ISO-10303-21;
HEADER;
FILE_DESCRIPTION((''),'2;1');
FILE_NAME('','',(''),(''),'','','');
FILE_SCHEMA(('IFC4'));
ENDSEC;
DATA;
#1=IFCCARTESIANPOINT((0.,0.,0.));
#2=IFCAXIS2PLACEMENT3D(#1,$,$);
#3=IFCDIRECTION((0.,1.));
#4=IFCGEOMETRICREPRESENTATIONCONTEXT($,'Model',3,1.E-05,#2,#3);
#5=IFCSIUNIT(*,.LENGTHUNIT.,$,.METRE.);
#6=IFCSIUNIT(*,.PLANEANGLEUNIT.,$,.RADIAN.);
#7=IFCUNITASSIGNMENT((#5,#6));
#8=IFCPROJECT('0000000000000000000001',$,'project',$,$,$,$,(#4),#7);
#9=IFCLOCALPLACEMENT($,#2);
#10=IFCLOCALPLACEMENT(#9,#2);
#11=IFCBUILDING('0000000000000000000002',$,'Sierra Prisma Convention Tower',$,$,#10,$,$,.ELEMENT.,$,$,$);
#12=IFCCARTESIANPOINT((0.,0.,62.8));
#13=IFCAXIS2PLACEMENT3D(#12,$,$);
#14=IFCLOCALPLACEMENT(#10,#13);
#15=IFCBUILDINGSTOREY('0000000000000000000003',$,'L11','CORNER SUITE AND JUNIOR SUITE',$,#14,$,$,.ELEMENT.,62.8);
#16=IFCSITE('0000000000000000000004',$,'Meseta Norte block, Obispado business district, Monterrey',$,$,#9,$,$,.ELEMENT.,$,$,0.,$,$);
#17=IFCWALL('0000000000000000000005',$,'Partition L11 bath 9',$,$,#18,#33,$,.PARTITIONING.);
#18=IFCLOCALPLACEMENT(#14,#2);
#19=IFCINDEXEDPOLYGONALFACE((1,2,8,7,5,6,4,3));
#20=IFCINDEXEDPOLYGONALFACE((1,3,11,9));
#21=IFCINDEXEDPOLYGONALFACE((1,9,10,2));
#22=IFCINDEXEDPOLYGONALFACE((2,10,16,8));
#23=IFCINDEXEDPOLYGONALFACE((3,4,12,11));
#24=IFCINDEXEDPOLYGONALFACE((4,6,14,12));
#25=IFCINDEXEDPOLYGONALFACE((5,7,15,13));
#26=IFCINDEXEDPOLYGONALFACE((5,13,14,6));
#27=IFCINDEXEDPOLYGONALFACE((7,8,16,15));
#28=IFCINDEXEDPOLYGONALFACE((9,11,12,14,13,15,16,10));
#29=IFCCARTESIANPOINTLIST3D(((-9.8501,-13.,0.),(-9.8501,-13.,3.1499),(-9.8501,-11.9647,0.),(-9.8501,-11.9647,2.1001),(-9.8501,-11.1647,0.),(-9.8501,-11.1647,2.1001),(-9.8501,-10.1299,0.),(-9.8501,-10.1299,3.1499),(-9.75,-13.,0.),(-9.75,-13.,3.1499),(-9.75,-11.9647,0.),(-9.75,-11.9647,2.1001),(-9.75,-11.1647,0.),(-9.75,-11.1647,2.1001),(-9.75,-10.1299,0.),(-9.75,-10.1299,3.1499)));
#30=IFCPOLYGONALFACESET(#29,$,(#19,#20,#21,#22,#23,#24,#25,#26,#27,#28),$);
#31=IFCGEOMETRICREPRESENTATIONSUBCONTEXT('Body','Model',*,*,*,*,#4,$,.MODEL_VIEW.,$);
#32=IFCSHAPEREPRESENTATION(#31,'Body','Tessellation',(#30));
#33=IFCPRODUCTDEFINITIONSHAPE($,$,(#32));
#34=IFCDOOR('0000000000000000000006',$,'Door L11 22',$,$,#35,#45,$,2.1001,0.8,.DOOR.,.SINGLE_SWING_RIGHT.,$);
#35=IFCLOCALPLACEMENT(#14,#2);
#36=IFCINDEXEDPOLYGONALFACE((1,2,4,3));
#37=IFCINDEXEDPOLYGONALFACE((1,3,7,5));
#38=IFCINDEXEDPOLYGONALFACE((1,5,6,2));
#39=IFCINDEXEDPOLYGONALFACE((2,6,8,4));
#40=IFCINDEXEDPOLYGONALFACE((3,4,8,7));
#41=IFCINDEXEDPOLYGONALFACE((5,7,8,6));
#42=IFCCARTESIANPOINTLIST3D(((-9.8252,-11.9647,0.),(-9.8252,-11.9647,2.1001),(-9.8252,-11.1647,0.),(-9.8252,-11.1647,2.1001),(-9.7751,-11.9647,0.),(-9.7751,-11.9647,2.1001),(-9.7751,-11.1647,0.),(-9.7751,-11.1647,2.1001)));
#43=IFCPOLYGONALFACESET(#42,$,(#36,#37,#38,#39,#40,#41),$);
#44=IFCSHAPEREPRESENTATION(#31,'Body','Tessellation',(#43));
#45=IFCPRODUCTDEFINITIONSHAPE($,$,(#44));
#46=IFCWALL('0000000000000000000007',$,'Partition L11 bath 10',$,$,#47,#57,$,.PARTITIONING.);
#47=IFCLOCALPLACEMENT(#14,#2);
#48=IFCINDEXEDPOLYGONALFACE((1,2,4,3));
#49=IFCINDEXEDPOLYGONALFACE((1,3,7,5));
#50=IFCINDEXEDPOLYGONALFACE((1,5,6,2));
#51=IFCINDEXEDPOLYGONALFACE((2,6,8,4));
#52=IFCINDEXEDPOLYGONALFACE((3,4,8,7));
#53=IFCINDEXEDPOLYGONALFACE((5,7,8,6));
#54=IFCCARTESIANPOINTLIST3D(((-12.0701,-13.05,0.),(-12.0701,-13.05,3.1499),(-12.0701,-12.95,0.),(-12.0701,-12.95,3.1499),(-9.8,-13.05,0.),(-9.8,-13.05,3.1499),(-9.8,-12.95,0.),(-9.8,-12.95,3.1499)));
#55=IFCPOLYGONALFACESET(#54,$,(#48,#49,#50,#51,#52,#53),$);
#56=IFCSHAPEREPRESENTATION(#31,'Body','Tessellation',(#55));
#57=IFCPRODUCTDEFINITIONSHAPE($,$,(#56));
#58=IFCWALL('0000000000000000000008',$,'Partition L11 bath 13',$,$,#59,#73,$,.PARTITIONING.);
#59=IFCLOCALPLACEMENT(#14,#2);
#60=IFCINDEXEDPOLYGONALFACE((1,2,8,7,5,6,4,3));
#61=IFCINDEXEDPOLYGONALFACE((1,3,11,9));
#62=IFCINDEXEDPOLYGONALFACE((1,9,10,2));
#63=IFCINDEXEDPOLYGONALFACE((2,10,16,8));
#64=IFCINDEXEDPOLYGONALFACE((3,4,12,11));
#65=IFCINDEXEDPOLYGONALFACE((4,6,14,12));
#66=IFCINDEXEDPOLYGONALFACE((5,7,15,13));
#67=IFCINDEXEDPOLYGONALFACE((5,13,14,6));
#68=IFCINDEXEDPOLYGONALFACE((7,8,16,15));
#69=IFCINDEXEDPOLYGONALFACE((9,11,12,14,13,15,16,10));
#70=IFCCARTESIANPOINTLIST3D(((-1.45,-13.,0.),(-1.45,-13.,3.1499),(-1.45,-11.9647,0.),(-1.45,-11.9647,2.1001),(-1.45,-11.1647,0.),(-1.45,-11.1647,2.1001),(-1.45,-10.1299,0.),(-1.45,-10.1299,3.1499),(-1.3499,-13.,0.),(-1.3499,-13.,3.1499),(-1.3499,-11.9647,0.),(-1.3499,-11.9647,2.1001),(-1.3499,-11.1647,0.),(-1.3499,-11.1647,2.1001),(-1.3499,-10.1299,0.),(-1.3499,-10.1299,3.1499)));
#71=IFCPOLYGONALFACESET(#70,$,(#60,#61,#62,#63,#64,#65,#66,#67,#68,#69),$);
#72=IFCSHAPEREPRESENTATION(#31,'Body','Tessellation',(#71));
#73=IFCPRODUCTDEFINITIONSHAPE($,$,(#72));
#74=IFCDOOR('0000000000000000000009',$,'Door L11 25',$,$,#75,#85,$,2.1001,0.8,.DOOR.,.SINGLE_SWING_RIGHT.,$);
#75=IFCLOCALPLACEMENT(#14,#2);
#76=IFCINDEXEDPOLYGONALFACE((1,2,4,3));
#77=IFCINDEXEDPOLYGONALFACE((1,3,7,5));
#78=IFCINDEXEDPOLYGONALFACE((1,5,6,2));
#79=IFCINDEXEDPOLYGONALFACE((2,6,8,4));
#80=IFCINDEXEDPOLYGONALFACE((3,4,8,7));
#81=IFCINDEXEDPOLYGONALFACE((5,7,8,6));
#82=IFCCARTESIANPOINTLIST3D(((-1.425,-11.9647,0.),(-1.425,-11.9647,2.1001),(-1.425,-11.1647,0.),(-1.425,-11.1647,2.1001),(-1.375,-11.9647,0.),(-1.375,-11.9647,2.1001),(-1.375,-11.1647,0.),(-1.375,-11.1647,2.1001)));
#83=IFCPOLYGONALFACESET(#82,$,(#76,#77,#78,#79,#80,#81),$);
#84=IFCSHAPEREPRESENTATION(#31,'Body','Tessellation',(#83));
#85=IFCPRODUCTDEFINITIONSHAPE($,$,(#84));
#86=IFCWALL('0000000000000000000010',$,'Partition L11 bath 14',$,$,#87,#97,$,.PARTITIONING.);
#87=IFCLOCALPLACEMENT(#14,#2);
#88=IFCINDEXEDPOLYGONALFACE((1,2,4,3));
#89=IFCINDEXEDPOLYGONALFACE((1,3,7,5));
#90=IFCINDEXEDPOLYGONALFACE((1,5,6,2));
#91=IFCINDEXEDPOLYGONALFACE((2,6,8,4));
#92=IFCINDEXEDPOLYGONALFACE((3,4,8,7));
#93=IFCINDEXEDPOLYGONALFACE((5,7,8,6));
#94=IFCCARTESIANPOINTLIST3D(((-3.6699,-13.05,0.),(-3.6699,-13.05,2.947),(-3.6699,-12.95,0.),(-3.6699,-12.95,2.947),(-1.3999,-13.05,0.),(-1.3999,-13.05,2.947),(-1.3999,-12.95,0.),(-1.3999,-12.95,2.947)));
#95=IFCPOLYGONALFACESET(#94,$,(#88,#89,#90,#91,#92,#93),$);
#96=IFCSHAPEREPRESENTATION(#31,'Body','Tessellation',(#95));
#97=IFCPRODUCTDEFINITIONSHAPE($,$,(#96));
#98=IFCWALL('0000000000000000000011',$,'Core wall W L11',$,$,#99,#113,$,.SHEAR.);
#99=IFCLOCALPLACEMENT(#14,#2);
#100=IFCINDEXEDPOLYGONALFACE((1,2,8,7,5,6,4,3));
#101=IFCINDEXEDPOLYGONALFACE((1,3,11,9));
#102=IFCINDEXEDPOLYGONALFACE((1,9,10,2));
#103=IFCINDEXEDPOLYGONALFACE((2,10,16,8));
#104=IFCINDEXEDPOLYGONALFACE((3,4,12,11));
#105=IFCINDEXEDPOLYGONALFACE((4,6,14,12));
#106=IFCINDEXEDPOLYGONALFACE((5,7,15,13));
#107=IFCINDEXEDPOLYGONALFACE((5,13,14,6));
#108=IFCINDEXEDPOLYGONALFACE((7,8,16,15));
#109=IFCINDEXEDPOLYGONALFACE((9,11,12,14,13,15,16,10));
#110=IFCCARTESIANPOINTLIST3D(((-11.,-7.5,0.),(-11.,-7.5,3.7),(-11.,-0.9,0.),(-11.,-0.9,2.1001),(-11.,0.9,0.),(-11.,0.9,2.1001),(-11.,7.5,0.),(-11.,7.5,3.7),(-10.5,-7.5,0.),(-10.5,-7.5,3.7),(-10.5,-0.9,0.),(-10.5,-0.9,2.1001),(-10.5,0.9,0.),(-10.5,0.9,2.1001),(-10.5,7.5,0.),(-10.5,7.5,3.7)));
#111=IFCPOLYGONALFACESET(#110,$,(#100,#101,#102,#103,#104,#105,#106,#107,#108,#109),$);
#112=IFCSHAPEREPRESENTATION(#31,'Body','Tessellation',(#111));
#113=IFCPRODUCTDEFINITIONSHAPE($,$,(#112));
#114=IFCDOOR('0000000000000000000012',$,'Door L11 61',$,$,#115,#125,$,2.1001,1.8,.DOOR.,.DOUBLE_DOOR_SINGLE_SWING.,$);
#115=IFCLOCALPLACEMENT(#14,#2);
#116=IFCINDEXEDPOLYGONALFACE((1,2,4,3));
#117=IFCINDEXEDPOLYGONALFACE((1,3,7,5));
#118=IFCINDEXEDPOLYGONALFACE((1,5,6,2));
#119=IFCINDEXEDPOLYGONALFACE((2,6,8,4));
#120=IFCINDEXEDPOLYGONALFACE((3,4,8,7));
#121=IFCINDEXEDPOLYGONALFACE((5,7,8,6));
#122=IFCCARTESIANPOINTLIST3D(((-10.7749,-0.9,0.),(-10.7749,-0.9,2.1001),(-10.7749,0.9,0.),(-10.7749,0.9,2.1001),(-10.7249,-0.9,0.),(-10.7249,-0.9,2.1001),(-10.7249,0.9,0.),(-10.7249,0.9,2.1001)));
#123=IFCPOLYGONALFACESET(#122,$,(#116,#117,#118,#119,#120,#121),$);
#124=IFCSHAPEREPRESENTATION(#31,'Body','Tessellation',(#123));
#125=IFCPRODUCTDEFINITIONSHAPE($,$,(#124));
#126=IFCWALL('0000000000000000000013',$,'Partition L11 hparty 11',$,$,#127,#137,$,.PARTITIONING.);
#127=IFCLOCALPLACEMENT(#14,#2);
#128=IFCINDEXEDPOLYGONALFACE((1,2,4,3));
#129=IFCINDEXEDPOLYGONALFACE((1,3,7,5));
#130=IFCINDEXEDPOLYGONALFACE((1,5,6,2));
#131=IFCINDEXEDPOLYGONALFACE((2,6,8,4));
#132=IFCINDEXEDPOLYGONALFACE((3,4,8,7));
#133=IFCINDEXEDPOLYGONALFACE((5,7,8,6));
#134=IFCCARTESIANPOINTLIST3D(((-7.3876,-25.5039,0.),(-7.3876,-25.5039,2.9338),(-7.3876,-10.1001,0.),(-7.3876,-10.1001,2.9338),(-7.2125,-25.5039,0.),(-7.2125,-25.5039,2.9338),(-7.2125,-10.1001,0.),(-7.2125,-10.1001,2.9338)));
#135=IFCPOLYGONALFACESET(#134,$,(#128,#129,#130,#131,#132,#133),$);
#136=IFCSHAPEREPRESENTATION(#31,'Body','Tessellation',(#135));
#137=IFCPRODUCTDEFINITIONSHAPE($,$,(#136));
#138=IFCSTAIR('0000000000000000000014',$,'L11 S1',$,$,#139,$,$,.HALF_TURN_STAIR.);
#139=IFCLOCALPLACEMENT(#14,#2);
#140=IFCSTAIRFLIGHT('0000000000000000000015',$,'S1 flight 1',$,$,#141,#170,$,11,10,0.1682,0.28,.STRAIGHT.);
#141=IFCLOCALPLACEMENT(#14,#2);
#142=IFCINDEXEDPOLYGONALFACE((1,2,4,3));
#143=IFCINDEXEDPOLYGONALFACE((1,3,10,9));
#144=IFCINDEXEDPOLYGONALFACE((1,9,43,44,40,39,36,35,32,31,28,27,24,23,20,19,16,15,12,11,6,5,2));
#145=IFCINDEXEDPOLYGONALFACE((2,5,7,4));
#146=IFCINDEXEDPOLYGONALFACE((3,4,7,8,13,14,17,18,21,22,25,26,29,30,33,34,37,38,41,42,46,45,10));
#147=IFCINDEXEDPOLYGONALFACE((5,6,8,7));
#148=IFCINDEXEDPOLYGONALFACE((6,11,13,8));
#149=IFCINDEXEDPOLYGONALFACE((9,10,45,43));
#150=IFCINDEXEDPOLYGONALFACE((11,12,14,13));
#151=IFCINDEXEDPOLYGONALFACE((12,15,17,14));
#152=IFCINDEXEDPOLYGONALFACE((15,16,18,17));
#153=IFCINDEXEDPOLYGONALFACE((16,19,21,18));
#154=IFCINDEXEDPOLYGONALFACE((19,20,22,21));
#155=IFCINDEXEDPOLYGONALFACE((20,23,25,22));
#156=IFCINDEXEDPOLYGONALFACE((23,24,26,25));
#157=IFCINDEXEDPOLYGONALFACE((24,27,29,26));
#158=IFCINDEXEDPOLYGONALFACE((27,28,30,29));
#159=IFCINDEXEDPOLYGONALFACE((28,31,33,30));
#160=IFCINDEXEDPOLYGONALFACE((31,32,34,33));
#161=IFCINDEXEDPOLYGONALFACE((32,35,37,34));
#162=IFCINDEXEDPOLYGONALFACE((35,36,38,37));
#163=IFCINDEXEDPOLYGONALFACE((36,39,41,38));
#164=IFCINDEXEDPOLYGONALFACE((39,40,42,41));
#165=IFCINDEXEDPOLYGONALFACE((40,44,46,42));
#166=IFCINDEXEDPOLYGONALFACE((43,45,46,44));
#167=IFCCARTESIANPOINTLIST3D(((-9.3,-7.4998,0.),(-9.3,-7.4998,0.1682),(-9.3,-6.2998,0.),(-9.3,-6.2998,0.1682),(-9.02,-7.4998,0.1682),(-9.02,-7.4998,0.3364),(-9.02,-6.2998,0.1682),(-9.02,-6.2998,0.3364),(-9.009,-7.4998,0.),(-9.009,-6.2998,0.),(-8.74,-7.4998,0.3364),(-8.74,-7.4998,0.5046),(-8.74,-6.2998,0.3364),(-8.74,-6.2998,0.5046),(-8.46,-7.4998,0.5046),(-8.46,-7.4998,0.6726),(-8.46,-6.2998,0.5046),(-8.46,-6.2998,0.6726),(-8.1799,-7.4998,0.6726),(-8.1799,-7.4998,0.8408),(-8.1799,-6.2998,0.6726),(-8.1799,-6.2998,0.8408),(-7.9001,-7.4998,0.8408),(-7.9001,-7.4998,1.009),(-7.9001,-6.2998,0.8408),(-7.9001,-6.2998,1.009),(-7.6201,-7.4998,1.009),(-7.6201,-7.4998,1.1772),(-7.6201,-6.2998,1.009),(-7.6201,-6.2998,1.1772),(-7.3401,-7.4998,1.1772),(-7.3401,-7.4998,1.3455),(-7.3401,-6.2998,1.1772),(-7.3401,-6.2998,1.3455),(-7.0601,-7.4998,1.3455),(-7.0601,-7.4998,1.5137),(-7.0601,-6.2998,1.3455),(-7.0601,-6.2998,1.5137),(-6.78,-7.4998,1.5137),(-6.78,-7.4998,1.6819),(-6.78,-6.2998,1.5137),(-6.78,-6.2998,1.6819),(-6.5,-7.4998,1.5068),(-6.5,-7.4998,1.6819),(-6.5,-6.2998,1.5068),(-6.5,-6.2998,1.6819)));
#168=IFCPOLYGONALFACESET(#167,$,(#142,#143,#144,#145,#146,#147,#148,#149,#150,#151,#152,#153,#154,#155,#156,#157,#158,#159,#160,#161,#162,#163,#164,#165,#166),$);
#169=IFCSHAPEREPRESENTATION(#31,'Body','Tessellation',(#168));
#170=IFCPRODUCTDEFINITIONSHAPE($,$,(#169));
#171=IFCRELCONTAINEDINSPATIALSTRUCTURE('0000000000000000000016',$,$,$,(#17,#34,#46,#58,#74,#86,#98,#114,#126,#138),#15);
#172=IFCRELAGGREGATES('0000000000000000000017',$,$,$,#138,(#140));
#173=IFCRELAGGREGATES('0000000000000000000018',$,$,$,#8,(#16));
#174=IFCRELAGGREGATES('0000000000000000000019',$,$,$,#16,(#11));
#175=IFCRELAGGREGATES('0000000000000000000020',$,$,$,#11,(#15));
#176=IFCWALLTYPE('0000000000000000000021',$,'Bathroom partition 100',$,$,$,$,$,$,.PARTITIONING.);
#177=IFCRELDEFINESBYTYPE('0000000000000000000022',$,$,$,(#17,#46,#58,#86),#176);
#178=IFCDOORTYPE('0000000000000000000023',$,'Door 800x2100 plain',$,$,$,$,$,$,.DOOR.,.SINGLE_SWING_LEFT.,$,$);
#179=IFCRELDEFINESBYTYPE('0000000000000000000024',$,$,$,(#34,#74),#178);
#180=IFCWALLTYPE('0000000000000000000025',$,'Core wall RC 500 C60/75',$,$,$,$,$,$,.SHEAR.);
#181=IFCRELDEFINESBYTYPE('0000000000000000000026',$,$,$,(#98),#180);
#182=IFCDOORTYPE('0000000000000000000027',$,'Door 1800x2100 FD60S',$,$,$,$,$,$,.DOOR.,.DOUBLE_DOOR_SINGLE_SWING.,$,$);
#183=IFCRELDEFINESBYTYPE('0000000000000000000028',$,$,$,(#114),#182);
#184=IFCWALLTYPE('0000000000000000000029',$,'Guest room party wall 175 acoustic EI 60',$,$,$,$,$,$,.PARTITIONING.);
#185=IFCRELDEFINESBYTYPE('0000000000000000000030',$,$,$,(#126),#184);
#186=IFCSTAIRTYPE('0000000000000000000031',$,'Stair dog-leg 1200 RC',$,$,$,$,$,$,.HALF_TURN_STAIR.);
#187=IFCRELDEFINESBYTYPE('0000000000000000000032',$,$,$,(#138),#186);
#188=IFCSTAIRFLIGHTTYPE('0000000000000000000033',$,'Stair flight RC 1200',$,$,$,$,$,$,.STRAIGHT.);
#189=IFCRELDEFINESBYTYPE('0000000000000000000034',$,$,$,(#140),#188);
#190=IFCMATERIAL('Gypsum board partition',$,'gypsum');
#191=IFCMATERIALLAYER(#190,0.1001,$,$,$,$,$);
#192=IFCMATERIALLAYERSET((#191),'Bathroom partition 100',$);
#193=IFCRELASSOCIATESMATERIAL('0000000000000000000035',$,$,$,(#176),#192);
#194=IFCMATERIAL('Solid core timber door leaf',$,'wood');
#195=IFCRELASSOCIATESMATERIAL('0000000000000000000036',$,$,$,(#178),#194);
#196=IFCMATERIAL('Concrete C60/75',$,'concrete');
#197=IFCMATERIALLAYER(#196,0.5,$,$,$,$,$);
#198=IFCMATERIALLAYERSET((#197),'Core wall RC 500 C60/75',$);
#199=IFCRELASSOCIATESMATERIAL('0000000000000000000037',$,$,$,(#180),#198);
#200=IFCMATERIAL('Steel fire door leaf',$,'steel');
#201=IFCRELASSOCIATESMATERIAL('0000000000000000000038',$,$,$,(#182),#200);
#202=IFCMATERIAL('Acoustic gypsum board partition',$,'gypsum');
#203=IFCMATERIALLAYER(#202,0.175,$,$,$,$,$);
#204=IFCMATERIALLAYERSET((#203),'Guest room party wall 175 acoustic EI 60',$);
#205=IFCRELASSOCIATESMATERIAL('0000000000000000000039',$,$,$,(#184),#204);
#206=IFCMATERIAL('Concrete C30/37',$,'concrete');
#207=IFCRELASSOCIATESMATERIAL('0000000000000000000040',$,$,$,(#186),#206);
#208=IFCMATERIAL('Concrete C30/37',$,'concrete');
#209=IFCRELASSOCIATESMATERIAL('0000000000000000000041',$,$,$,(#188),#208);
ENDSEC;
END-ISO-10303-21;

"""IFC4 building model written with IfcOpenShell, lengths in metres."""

from ifc_helpers import new_model, si_unit, direction, frame, frame_2d, origin, place, context, subcontext, project, spatial, polyline, rectangle, outline, extrude, material, layer, layer_set, type_object, element, fill, aggregate, save


model = new_model("IFC4")

# Units and contexts
model_context = context("Model", 3, precision=1e-05, world=origin(), true_north=direction((0.0, 1.0)))
body_context = subcontext(model_context, "Body", "Model", "MODEL_VIEW")
ifc_project = project(units=[si_unit("LENGTHUNIT", "METRE"), si_unit("PLANEANGLEUNIT", "RADIAN")], contexts=[model_context])

# Site, building, storey
site_placement = place(None, origin())
site = spatial("IfcSite", under=ifc_project, at=site_placement, Name="Meseta Norte block, Obispado business district, Monterrey", CompositionType="ELEMENT", RefElevation=0.0)
building_placement = place(site_placement, origin())
building = spatial("IfcBuilding", under=site, at=building_placement, Name="Sierra Prisma Convention Tower", CompositionType="ELEMENT")
storey_placement = place(building_placement, frame((0.0, 0.0, 62.8)))
storey = spatial("IfcBuildingStorey", under=building, at=storey_placement, Name="L11", Description="CORNER SUITE AND JUNIOR SUITE", CompositionType="ELEMENT", Elevation=62.8)

# Wall, opening, door
ifc_material_1 = material(Name="Gypsum board partition", Category="gypsum")
ifc_layer_1 = layer(ifc_material_1, 0.1001)
ifc_layer_set_1 = layer_set([ifc_layer_1], Name="Bathroom partition 100")
wall_type_1 = type_object("IfcWallType", Name="Bathroom partition 100", PredefinedType="PARTITIONING", material=ifc_layer_set_1)
wall_1_placement = place(storey_placement, frame((-9.8, -10.1299, 0.0), z_axis=(0.0, 0.0, 1.0), x_axis=(0.0, -1.0, 0.0)))
wall_1 = element("IfcWall", 1, at=wall_1_placement, inside=storey, type_object=wall_type_1, Name="Partition L11 bath 9", PredefinedType="PARTITIONING", context=body_context, shape_type="SweptSolid", body=[
    extrude(rectangle(XDim=2.8701, YDim=0.1001, at=frame_2d((1.4351, 0.0))), origin(), (0.0, 0.0, 1.0), 3.1499),
])
opening_1_placement = place(wall_1_placement, frame((1.0349, 0.0, 0.0)))
opening_1 = element("IfcOpeningElement", 2, at=opening_1_placement, cuts=wall_1, PredefinedType="OPENING", context=body_context, shape_type="SweptSolid", body=[
    extrude(rectangle(XDim=0.8, YDim=2.1001, at=frame_2d((0.3999, 1.05))), frame((0.0, 0.05, 0.0), z_axis=(0.0, -1.0, 0.0), x_axis=(1.0, 0.0, 0.0)), (0.0, 0.0, 1.0), 0.1001),
])
ifc_material_2 = material(Name="Solid core timber door leaf", Category="wood")
door_type_1 = type_object("IfcDoorType", Name="Door 800x2100 plain", OperationType="SINGLE_SWING_LEFT", PredefinedType="DOOR", material=ifc_material_2)
door_1_placement = place(opening_1_placement, origin())
door_1 = element("IfcDoor", 3, at=door_1_placement, inside=storey, type_object=door_type_1, Name="Door L11 22", OperationType="SINGLE_SWING_RIGHT", OverallHeight=2.1001, OverallWidth=0.8, PredefinedType="DOOR", context=body_context, shape_type="SweptSolid", body=[
    extrude(rectangle(XDim=0.8, YDim=2.1001, at=frame_2d((0.3999, 1.05))), frame((0.0, 0.0249, 0.0), z_axis=(0.0, -1.0, 0.0), x_axis=(1.0, 0.0, 0.0)), (0.0, 0.0, 1.0), 0.05),
])
fill(opening_1, door_1)

# Wall
wall_2_placement = place(storey_placement, frame((-9.8, -13.0, 0.0), z_axis=(0.0, 0.0, 1.0), x_axis=(-1.0, 0.0, 0.0)))
element("IfcWall", 4, at=wall_2_placement, inside=storey, type_object=wall_type_1, Name="Partition L11 bath 10", PredefinedType="PARTITIONING", context=body_context, shape_type="SweptSolid", body=[
    extrude(rectangle(XDim=2.27, YDim=0.1001, at=frame_2d((1.135, 0.0))), origin(), (0.0, 0.0, 1.0), 3.1499),
])

# Wall, opening, door
wall_3_placement = place(storey_placement, frame((-1.3999, -10.1299, 0.0), z_axis=(0.0, 0.0, 1.0), x_axis=(0.0, -1.0, 0.0)))
wall_3 = element("IfcWall", 5, at=wall_3_placement, inside=storey, type_object=wall_type_1, Name="Partition L11 bath 13", PredefinedType="PARTITIONING", context=body_context, shape_type="SweptSolid", body=[
    extrude(rectangle(XDim=2.8701, YDim=0.1001, at=frame_2d((1.4351, 0.0))), origin(), (0.0, 0.0, 1.0), 3.1499),
])
opening_2_placement = place(wall_3_placement, frame((1.0349, 0.0, 0.0)))
opening_2 = element("IfcOpeningElement", 6, at=opening_2_placement, cuts=wall_3, PredefinedType="OPENING", context=body_context, shape_type="SweptSolid", body=[
    extrude(rectangle(XDim=0.8, YDim=2.1001, at=frame_2d((0.3999, 1.05))), frame((0.0, 0.05, 0.0), z_axis=(0.0, -1.0, 0.0), x_axis=(1.0, 0.0, 0.0)), (0.0, 0.0, 1.0), 0.1001),
])
door_2_placement = place(opening_2_placement, origin())
door_2 = element("IfcDoor", 7, at=door_2_placement, inside=storey, type_object=door_type_1, Name="Door L11 25", OperationType="SINGLE_SWING_RIGHT", OverallHeight=2.1001, OverallWidth=0.8, PredefinedType="DOOR", context=body_context, shape_type="SweptSolid", body=[
    extrude(rectangle(XDim=0.8, YDim=2.1001, at=frame_2d((0.3999, 1.05))), frame((0.0, 0.0249, 0.0), z_axis=(0.0, -1.0, 0.0), x_axis=(1.0, 0.0, 0.0)), (0.0, 0.0, 1.0), 0.05),
])
fill(opening_2, door_2)

# Wall
wall_4_placement = place(storey_placement, frame((-1.3999, -13.0, 0.0), z_axis=(0.0, 0.0, 1.0), x_axis=(-1.0, 0.0, 0.0)))
element("IfcWall", 8, at=wall_4_placement, inside=storey, type_object=wall_type_1, Name="Partition L11 bath 14", PredefinedType="PARTITIONING", context=body_context, shape_type="SweptSolid", body=[
    extrude(rectangle(XDim=2.27, YDim=0.1001, at=frame_2d((1.135, 0.0))), origin(), (0.0, 0.0, 1.0), 2.947),
])

# Wall, opening, door
ifc_material_3 = material(Name="Concrete C60/75", Category="concrete")
ifc_layer_2 = layer(ifc_material_3, 0.5)
ifc_layer_set_2 = layer_set([ifc_layer_2], Name="Core wall RC 500 C60/75")
wall_type_2 = type_object("IfcWallType", Name="Core wall RC 500 C60/75", PredefinedType="SHEAR", material=ifc_layer_set_2)
wall_5_placement = place(storey_placement, frame((-10.75, -7.5, 0.0), z_axis=(0.0, 0.0, 1.0), x_axis=(0.0, 1.0, 0.0)))
wall_5 = element("IfcWall", 9, at=wall_5_placement, inside=storey, type_object=wall_type_2, Name="Core wall W L11", PredefinedType="SHEAR", context=body_context, shape_type="SweptSolid", body=[
    extrude(rectangle(XDim=15.0, YDim=0.5, at=frame_2d((7.5, 0.0))), origin(), (0.0, 0.0, 1.0), 3.7),
])
opening_3_placement = place(wall_5_placement, frame((6.6001, 0.0, 0.0)))
opening_3 = element("IfcOpeningElement", 10, at=opening_3_placement, cuts=wall_5, PredefinedType="OPENING", context=body_context, shape_type="SweptSolid", body=[
    extrude(rectangle(XDim=1.8, YDim=2.1001, at=frame_2d((0.8999, 1.05))), frame((0.0, 0.25, 0.0), z_axis=(0.0, -1.0, 0.0), x_axis=(1.0, 0.0, 0.0)), (0.0, 0.0, 1.0), 0.5),
])
ifc_material_4 = material(Name="Steel fire door leaf", Category="steel")
door_type_2 = type_object("IfcDoorType", Name="Door 1800x2100 FD60S", OperationType="DOUBLE_DOOR_SINGLE_SWING", PredefinedType="DOOR", material=ifc_material_4)
door_3_placement = place(opening_3_placement, origin())
door_3 = element("IfcDoor", 11, at=door_3_placement, inside=storey, type_object=door_type_2, Name="Door L11 61", OperationType="DOUBLE_DOOR_SINGLE_SWING", OverallHeight=2.1001, OverallWidth=1.8, PredefinedType="DOOR", context=body_context, shape_type="SweptSolid", body=[
    extrude(rectangle(XDim=1.8, YDim=2.1001, at=frame_2d((0.8999, 1.05))), frame((0.0, 0.0249, 0.0), z_axis=(0.0, -1.0, 0.0), x_axis=(1.0, 0.0, 0.0)), (0.0, 0.0, 1.0), 0.05),
])
fill(opening_3, door_3)

# Wall
ifc_material_5 = material(Name="Acoustic gypsum board partition", Category="gypsum")
ifc_layer_3 = layer(ifc_material_5, 0.175)
ifc_layer_set_3 = layer_set([ifc_layer_3], Name="Guest room party wall 175 acoustic EI 60")
wall_type_3 = type_object("IfcWallType", Name="Guest room party wall 175 acoustic EI 60", PredefinedType="PARTITIONING", material=ifc_layer_set_3)
wall_6_placement = place(storey_placement, frame((-7.3, -10.1001, 0.0), z_axis=(0.0, 0.0, 1.0), x_axis=(0.0, -1.0, 0.0)))
element("IfcWall", 12, at=wall_6_placement, inside=storey, type_object=wall_type_3, Name="Partition L11 hparty 11", PredefinedType="PARTITIONING", context=body_context, shape_type="SweptSolid", body=[
    extrude(rectangle(XDim=15.4038, YDim=0.175, at=frame_2d((7.7019, 0.0))), origin(), (0.0, 0.0, 1.0), 2.9338),
])

# Stair, stair flight
ifc_material_6 = material(Name="Concrete C30/37", Category="concrete")
stair_type = type_object("IfcStairType", Name="Stair dog-leg 1200 RC", PredefinedType="HALF_TURN_STAIR", material=ifc_material_6)
stair_placement = place(storey_placement, origin())
stair = element("IfcStair", 13, at=stair_placement, inside=storey, type_object=stair_type, Name="L11 S1", PredefinedType="HALF_TURN_STAIR")
ifc_material_7 = material(Name="Concrete C30/37", Category="concrete")
stair_flight_type = type_object("IfcStairFlightType", Name="Stair flight RC 1200", PredefinedType="STRAIGHT", material=ifc_material_7)
stair_flight_placement = place(storey_placement, frame((-9.3, -6.8999, 0.0), z_axis=(0.0, 0.0, 1.0), x_axis=(1.0, 0.0, 0.0)))
stair_flight = element("IfcStairFlight", 14, at=stair_flight_placement, type_object=stair_flight_type, Name="S1 flight 1", NumberOfRisers=11, NumberOfTreads=10, PredefinedType="STRAIGHT", RiserHeight=0.1682, TreadLength=0.28, context=body_context, shape_type="SweptSolid", body=[
    extrude(outline(polyline([(0.0, 0.0), (0.0, 0.1682), (0.28, 0.1682), (0.28, 0.3364), (0.5601, 0.3364), (0.5601, 0.5046), (0.8401, 0.5046), (0.8401, 0.6726), (1.1201, 0.6726), (1.1201, 0.8408), (1.3999, 0.8408), (1.3999, 1.009), (1.6799, 1.009), (1.6799, 1.1772), (1.96, 1.1772), (1.96, 1.3455), (2.24, 1.3455), (2.24, 1.5137), (2.52, 1.5137), (2.52, 1.6819), (2.8, 1.6819), (2.8, 1.8501), (2.8, 1.5068), (0.291, 0.0), (0.0, 0.0)])), frame((0.0, 0.6001, 0.0), z_axis=(0.0, -1.0, 0.0), x_axis=(1.0, 0.0, 0.0)), (0.0, 0.0, 1.0), 1.2),
])
aggregate(stair, [stair_flight])

save(model, "model.ifc")
